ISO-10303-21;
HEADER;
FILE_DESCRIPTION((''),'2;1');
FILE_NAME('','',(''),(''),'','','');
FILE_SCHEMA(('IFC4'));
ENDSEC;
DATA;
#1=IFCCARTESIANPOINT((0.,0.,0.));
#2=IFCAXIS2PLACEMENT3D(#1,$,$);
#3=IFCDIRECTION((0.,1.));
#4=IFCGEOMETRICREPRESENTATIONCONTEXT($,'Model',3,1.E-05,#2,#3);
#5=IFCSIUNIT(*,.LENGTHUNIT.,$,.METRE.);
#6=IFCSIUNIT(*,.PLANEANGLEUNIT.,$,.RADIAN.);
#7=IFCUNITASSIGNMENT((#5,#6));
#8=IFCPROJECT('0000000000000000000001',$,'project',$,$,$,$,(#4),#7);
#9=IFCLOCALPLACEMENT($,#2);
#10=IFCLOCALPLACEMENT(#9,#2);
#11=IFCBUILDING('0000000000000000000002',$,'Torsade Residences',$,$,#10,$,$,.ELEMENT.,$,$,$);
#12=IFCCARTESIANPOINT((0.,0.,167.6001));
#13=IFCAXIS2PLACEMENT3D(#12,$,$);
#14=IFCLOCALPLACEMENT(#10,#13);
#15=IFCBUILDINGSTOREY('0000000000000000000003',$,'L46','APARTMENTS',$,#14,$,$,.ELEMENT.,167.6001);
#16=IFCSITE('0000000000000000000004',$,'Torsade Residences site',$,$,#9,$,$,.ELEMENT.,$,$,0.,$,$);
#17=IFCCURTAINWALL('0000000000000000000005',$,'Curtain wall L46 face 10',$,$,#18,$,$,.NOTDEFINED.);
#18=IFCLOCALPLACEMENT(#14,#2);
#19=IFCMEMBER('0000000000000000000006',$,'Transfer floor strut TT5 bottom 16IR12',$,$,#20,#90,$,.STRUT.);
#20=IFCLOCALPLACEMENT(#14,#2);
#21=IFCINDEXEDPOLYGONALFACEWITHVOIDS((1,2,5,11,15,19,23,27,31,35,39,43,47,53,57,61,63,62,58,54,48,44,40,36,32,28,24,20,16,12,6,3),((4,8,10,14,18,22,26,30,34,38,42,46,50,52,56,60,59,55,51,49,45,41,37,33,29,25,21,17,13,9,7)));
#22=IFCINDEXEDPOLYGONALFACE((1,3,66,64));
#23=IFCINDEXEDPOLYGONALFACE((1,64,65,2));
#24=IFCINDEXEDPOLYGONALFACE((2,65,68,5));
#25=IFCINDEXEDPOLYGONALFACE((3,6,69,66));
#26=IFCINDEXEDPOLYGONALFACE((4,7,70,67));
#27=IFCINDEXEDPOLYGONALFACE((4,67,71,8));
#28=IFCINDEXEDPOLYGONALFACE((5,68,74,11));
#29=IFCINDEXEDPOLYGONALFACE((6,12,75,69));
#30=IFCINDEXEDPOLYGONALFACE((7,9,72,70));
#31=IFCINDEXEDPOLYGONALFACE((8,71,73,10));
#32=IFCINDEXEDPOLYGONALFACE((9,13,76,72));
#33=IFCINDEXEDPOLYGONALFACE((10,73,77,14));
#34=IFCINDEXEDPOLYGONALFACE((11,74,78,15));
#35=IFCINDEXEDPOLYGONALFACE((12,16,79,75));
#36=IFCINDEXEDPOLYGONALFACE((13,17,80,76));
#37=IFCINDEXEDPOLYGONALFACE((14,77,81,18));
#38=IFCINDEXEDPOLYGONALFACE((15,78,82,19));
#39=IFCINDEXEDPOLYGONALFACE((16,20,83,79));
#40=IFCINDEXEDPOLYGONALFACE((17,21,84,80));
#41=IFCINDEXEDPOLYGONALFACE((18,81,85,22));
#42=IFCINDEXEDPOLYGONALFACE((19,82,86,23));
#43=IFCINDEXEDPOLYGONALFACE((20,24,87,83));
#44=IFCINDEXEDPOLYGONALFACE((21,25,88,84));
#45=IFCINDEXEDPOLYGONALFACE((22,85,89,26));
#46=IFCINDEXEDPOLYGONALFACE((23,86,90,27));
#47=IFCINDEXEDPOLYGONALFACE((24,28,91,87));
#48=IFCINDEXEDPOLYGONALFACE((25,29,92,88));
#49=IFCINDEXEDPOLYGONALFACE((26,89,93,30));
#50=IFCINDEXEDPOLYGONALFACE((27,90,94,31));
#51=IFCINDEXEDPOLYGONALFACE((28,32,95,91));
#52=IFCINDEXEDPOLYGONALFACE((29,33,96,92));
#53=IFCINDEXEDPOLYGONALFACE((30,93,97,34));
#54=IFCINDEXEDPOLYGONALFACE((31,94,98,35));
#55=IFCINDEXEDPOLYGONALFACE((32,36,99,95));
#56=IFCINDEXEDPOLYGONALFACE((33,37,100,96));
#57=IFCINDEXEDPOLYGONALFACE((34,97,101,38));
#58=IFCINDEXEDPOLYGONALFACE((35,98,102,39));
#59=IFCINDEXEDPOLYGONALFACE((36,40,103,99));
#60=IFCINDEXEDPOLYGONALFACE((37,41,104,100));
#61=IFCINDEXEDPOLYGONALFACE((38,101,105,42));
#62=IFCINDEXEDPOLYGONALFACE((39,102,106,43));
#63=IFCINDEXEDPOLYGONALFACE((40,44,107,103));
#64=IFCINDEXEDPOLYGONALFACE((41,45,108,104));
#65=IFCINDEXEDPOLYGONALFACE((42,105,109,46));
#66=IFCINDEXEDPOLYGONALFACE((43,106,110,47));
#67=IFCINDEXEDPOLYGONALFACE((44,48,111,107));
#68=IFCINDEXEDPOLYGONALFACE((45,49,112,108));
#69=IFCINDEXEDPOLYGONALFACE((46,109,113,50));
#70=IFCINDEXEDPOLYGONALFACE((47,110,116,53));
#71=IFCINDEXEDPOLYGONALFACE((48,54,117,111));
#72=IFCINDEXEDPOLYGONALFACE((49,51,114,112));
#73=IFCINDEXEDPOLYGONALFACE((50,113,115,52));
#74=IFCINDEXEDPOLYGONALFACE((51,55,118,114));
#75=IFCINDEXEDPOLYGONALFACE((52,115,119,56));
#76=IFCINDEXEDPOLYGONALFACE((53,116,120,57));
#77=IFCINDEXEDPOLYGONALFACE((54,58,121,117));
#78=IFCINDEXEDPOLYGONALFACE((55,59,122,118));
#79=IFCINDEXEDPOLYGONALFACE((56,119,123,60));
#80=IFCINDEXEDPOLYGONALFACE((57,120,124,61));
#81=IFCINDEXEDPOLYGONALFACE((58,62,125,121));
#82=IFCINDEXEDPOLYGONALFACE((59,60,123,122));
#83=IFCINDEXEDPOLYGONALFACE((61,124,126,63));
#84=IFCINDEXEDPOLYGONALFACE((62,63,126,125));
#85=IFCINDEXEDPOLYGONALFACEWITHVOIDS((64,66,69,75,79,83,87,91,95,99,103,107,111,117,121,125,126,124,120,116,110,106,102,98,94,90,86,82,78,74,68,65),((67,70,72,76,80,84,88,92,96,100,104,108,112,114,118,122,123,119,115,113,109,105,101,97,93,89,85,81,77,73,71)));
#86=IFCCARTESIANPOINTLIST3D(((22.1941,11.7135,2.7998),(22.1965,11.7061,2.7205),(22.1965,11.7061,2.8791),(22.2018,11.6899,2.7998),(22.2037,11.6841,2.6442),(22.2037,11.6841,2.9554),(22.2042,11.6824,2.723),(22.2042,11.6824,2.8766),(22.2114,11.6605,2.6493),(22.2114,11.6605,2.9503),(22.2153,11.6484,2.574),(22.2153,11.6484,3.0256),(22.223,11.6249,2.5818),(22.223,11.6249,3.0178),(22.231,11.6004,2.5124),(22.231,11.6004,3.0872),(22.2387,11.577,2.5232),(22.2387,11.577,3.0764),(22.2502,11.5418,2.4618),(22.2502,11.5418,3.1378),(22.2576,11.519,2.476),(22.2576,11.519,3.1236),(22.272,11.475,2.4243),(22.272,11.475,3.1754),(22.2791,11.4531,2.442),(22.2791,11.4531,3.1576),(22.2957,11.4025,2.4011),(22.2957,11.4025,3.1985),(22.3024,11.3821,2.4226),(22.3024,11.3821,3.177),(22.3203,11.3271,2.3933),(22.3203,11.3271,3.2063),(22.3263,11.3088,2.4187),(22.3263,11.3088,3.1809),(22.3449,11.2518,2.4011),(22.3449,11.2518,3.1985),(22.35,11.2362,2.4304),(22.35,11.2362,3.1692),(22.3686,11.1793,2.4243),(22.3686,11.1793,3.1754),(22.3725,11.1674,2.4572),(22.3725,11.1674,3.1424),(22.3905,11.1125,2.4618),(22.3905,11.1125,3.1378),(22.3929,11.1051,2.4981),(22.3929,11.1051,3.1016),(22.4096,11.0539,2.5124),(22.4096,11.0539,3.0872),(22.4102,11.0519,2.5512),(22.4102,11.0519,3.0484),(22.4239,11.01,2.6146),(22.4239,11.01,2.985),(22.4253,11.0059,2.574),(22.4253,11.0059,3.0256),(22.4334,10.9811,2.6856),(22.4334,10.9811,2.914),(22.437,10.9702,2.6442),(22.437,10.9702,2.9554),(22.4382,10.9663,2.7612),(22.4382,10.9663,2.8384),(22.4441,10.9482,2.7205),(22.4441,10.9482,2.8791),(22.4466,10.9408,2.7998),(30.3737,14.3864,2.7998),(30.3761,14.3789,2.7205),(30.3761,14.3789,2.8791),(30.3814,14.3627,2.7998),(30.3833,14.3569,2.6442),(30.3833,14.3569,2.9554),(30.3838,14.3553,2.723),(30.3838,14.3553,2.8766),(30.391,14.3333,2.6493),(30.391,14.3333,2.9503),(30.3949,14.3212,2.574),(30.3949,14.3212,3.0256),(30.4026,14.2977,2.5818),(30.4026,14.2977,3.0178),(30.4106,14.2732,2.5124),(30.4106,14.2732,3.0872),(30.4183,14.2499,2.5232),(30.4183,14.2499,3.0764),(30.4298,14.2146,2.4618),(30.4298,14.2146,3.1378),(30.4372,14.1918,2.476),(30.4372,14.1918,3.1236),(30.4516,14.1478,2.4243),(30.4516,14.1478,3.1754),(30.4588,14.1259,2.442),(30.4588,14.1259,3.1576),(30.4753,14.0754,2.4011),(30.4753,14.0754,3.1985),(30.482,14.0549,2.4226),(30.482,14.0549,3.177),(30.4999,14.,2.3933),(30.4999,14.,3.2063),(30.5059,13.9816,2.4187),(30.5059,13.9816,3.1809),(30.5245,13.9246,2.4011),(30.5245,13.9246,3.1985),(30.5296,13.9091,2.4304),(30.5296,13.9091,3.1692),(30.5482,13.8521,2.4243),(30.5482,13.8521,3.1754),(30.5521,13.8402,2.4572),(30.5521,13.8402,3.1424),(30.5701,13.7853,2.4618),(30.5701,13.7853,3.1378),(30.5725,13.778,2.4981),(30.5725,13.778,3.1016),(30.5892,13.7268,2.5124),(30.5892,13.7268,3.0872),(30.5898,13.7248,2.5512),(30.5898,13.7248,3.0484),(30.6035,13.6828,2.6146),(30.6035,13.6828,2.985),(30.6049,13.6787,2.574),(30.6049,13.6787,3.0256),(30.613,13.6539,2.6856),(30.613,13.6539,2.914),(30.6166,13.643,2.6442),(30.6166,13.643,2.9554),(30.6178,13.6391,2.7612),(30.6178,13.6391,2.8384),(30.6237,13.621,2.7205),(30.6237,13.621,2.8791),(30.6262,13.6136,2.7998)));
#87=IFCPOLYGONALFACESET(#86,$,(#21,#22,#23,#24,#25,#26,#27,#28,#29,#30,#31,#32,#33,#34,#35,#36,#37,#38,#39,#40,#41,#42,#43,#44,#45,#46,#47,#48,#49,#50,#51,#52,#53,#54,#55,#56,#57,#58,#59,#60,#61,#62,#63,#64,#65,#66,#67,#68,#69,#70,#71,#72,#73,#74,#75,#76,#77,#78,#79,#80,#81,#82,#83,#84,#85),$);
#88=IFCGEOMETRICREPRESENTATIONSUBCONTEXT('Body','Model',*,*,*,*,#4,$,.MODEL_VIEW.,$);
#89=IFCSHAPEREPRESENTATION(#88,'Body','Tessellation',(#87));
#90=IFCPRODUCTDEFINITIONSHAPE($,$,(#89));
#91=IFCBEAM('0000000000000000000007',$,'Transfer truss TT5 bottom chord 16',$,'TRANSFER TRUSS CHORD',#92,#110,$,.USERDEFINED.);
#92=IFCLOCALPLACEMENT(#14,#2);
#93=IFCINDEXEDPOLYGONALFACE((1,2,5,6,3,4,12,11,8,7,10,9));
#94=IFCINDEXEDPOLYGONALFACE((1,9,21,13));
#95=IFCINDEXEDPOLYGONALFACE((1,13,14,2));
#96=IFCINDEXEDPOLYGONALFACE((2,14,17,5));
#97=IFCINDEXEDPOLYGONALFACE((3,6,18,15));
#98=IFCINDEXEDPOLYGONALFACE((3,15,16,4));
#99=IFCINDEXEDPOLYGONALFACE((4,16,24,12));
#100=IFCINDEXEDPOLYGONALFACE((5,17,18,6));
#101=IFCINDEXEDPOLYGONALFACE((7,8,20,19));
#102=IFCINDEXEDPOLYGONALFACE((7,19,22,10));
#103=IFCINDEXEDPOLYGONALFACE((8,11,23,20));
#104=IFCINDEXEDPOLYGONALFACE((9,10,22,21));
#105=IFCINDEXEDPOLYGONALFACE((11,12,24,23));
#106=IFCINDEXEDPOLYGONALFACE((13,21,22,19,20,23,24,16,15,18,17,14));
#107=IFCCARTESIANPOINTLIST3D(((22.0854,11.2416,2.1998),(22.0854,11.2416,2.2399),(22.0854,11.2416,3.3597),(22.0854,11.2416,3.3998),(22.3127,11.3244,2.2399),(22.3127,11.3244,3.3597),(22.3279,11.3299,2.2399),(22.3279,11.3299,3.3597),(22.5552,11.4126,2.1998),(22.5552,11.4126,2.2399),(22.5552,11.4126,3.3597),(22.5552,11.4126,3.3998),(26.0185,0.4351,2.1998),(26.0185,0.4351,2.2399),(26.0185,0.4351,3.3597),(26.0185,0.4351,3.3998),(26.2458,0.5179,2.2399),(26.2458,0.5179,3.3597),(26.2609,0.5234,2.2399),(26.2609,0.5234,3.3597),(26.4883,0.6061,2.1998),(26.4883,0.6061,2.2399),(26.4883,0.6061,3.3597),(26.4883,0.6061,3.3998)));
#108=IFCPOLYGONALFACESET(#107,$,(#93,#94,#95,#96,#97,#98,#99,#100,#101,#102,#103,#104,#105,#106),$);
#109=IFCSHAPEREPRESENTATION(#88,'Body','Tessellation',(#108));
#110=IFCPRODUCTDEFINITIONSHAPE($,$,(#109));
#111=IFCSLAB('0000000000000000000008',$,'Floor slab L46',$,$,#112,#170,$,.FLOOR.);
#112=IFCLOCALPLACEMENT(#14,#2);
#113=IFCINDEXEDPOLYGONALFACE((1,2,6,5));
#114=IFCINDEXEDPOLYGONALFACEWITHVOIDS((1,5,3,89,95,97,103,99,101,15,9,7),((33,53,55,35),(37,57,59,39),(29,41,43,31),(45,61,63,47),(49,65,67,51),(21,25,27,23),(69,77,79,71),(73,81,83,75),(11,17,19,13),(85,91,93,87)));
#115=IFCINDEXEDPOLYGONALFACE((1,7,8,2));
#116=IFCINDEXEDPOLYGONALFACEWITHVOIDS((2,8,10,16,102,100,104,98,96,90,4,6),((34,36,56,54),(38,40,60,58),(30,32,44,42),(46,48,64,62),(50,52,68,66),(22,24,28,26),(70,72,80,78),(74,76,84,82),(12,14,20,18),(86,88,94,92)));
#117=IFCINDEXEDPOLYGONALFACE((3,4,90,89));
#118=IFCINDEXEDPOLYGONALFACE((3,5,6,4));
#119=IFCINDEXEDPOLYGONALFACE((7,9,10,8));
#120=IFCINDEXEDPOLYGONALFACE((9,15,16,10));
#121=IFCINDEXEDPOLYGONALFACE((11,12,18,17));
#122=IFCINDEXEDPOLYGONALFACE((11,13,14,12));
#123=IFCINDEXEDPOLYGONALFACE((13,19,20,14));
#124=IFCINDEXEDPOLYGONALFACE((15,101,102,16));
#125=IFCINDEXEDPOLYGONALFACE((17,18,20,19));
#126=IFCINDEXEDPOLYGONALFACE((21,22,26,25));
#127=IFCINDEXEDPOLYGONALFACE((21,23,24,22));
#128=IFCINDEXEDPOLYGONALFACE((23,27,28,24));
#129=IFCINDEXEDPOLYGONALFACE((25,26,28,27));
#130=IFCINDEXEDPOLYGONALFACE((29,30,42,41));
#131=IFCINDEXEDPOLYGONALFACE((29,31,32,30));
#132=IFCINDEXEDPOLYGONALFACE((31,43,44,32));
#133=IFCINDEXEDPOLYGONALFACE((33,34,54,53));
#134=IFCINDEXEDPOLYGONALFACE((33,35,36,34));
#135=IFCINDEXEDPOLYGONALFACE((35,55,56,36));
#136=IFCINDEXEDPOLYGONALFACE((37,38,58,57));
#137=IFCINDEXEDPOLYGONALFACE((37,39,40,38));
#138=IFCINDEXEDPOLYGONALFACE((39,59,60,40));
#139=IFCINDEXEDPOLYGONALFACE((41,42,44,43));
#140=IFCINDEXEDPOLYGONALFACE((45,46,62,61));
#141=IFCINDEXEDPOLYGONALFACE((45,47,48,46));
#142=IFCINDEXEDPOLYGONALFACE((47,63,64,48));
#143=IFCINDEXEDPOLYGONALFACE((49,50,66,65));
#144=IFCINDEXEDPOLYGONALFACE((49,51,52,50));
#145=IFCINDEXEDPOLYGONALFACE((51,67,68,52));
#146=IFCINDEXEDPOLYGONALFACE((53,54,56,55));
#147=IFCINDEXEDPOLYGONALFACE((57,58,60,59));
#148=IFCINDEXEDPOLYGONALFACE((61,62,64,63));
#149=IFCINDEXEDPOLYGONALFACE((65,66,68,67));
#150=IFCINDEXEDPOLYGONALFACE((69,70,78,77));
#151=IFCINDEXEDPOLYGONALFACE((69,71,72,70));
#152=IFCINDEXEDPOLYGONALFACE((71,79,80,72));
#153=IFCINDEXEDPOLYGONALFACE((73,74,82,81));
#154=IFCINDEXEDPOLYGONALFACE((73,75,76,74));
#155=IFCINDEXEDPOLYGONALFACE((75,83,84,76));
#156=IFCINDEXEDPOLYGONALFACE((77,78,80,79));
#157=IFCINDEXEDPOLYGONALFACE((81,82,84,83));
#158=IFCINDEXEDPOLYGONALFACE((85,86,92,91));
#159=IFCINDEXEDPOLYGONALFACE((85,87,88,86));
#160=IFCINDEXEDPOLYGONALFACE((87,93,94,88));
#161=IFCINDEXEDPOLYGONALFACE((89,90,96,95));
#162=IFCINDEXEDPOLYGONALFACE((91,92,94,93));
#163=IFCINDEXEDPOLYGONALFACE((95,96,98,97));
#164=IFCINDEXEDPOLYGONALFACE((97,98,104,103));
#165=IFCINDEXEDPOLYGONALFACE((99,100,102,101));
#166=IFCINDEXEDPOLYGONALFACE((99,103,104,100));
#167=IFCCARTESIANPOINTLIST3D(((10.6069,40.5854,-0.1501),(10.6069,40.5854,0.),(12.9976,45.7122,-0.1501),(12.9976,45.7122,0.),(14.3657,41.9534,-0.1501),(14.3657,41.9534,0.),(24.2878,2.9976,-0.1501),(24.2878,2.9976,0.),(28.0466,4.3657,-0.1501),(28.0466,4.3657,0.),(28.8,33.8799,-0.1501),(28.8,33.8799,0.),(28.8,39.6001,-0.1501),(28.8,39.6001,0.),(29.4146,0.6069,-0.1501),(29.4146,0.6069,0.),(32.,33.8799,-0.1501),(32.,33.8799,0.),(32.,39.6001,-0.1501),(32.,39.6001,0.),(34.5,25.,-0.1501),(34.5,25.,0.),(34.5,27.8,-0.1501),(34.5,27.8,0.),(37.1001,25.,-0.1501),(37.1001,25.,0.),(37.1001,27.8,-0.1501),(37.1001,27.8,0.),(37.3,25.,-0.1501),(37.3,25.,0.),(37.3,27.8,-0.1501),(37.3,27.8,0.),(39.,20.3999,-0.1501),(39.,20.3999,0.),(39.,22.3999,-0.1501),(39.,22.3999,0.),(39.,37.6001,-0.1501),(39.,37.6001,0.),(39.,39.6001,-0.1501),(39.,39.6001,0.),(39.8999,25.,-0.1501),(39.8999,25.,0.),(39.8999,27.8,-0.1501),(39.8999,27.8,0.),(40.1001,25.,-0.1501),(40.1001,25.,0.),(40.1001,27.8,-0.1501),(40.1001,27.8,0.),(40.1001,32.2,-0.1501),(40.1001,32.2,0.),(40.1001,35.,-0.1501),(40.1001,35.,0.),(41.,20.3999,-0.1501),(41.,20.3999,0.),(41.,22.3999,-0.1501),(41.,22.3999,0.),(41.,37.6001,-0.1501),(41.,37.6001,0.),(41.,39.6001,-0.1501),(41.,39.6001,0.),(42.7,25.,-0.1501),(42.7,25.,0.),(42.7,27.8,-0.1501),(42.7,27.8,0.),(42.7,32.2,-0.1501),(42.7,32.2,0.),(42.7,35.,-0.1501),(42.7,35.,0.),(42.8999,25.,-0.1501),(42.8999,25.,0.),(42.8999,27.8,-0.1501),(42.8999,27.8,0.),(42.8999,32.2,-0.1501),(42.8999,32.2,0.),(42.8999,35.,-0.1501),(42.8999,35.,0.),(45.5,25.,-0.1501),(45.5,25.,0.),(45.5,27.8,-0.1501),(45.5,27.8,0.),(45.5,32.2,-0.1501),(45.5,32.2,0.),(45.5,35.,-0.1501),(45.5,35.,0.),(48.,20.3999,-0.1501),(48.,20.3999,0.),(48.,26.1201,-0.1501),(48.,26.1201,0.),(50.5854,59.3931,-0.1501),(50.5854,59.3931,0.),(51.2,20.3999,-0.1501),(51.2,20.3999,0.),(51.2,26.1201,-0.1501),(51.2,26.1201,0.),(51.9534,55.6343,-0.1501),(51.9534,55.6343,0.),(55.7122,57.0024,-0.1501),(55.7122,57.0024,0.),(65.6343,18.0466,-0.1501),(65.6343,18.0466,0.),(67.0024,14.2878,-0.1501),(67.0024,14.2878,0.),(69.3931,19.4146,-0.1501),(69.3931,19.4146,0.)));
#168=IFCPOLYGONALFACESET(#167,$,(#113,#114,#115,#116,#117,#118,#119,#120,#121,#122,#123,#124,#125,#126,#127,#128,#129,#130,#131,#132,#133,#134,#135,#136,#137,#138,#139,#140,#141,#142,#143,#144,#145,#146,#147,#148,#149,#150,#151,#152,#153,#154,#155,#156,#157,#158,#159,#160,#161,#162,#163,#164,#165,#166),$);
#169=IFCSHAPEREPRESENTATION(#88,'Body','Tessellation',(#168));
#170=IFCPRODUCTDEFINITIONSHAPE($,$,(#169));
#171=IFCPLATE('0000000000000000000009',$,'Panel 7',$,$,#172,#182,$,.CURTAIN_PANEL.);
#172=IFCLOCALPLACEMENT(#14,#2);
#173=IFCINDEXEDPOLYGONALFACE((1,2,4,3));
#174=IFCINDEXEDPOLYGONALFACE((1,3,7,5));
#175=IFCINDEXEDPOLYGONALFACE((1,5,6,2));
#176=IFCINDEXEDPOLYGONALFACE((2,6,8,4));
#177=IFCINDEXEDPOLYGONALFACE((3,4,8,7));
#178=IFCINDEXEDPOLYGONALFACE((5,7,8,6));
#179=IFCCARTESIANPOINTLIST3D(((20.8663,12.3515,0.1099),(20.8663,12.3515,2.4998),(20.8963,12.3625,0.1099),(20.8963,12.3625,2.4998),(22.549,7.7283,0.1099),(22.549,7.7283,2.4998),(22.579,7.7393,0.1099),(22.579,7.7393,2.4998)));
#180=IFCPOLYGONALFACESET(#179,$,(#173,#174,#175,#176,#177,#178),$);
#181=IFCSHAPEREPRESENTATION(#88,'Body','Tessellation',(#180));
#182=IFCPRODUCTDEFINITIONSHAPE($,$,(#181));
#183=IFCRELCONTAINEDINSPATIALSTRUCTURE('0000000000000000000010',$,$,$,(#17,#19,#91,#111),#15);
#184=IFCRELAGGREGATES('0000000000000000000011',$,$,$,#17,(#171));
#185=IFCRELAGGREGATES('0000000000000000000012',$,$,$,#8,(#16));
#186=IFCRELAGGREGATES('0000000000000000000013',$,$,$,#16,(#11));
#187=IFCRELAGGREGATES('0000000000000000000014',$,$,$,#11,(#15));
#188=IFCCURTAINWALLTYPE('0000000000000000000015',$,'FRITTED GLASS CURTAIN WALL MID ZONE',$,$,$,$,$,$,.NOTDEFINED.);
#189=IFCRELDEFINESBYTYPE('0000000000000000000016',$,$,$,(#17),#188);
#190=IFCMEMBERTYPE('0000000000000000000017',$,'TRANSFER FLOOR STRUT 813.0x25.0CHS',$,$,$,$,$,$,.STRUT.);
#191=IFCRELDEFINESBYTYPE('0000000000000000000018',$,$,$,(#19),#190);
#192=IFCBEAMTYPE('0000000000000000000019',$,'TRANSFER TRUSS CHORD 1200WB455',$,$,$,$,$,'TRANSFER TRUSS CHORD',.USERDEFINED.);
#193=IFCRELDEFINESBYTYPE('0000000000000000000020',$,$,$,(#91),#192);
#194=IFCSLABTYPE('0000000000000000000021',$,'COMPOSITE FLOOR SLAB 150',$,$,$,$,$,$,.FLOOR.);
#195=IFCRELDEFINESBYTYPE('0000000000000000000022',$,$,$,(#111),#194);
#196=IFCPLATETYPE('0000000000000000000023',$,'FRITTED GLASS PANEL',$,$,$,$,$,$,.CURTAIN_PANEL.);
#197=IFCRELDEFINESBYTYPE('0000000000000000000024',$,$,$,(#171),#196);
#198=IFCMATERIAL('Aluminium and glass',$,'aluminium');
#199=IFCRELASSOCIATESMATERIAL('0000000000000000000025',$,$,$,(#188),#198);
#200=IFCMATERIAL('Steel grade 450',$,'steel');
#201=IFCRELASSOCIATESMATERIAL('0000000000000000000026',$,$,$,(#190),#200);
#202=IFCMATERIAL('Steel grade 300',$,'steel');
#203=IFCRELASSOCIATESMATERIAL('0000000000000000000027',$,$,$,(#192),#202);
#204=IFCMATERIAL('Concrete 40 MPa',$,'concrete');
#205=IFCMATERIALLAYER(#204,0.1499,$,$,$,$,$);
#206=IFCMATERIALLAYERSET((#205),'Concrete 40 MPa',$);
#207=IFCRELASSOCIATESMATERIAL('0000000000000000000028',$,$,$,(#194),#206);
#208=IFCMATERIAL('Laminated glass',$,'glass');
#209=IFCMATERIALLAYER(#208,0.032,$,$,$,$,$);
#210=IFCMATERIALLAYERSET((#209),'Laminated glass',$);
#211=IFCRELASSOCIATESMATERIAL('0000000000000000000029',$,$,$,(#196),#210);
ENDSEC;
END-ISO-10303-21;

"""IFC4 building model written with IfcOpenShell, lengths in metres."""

from ifc_helpers import new_model, si_unit, direction, frame, origin, origin_2d, place, context, subcontext, project, spatial, polyline, rectangle, hollow_circle, i_section, outline, extrude, material, layer, layer_set, material_profile, profile_set, type_object, element, aggregate, save


model = new_model("IFC4")

# Units and contexts
model_context = context("Model", 3, precision=1e-05, world=origin(), true_north=direction((0.0, 1.0)))
body_context = subcontext(model_context, "Body", "Model", "MODEL_VIEW")
ifc_project = project(units=[si_unit("LENGTHUNIT", "METRE"), si_unit("PLANEANGLEUNIT", "RADIAN")], contexts=[model_context])

# Site, building, storey
site_placement = place(None, origin())
site = spatial("IfcSite", under=ifc_project, at=site_placement, Name="Torsade Residences site", CompositionType="ELEMENT", RefElevation=0.0)
building_placement = place(site_placement, origin())
building = spatial("IfcBuilding", under=site, at=building_placement, Name="Torsade Residences", CompositionType="ELEMENT")
storey_placement = place(building_placement, frame((0.0, 0.0, 167.6001)))
storey = spatial("IfcBuildingStorey", under=building, at=storey_placement, Name="L46", Description="APARTMENTS", CompositionType="ELEMENT", Elevation=167.6001)

# Curtain wall
ifc_material_1 = material(Name="Aluminium and glass", Category="aluminium")
curtain_wall_type = type_object("IfcCurtainWallType", Name="FRITTED GLASS CURTAIN WALL MID ZONE", PredefinedType="NOTDEFINED", material=ifc_material_1)
curtain_wall_placement = place(storey_placement, origin())
curtain_wall = element("IfcCurtainWall", 1, at=curtain_wall_placement, inside=storey, type_object=curtain_wall_type, Name="Curtain wall L46 face 10", PredefinedType="NOTDEFINED")

# Member
ifc_material_2 = material(Name="Steel grade 450", Category="steel")
ifc_material_profile_1 = material_profile(ifc_material_2, hollow_circle(Radius=0.4065, WallThickness=0.0249, at=origin_2d()), Name="813.0x25.0CHS")
ifc_profile_set_1 = profile_set([ifc_material_profile_1], Name="Steel grade 450")
member_type_1 = type_object("IfcMemberType", Name="TRANSFER FLOOR STRUT 813.0x25.0CHS", PredefinedType="STRUT", material=ifc_profile_set_1)
member_1_placement = place(storey_placement, frame((22.3203, 11.3271, 2.7998), z_axis=(0.950539, 0.310605, 0.0), x_axis=(-0.310605, 0.950539, 0.0)))
element("IfcMember", 2, at=member_1_placement, inside=storey, type_object=member_type_1, Name="Transfer floor strut TT5 bottom 16IR12", PredefinedType="STRUT", context=body_context, shape_type="SweptSolid", body=[
    extrude(hollow_circle(Radius=0.4065, WallThickness=0.0249, at=origin_2d()), origin(), (0.0, 0.0, 1.0), 8.6052),
])

# Beam
ifc_material_3 = material(Name="Steel grade 300", Category="steel")
ifc_material_profile_2 = material_profile(ifc_material_3, i_section(OverallWidth=0.5, OverallDepth=1.2, WebThickness=0.0161, FlangeThickness=0.04, at=origin_2d()), Name="1200WB455")
ifc_profile_set_2 = profile_set([ifc_material_profile_2], Name="Steel grade 300")
beam_type_1 = type_object("IfcBeamType", Name="TRANSFER TRUSS CHORD 1200WB455", ElementType="TRANSFER TRUSS CHORD", PredefinedType="USERDEFINED", material=ifc_profile_set_2)
beam_1_placement = place(storey_placement, frame((22.3203, 11.3271, 2.7998), z_axis=(0.342006, -0.939698, 0.0), x_axis=(0.939698, 0.342006, 0.0)))
element("IfcBeam", 3, at=beam_1_placement, inside=storey, type_object=beam_type_1, Name="Transfer truss TT5 bottom chord 16", ObjectType="TRANSFER TRUSS CHORD", PredefinedType="USERDEFINED", context=body_context, shape_type="SweptSolid", body=[
    extrude(i_section(OverallWidth=0.5, OverallDepth=1.2, WebThickness=0.0161, FlangeThickness=0.04, at=origin_2d()), origin(), (0.0, 0.0, 1.0), 11.5),
])

# Slab
ifc_material_4 = material(Name="Concrete 40 MPa", Category="concrete")
ifc_layer_1 = layer(ifc_material_4, 0.1499)
ifc_layer_set_1 = layer_set([ifc_layer_1], Name="Concrete 40 MPa")
slab_type_1 = type_object("IfcSlabType", Name="COMPOSITE FLOOR SLAB 150", PredefinedType="FLOOR", material=ifc_layer_set_1)
slab_1_placement = place(storey_placement, frame((0.0, 0.0, -0.1501)))
element("IfcSlab", 4, at=slab_1_placement, inside=storey, type_object=slab_type_1, Name="Floor slab L46", PredefinedType="FLOOR", context=body_context, shape_type="SweptSolid", body=[
    extrude(outline(polyline([(29.4146, 0.6069), (67.0024, 14.2878), (65.6343, 18.0466), (69.3931, 19.4146), (55.7122, 57.0024), (51.9534, 55.6343), (50.5854, 59.3931), (12.9976, 45.7122), (14.3657, 41.9534), (10.6069, 40.5854), (24.2878, 2.9976), (28.0466, 4.3657), (29.4146, 0.6069)]), holes=[polyline([(51.2, 26.1201), (48.0, 26.1201), (48.0, 20.3999), (51.2, 20.3999), (51.2, 26.1201)]), polyline([(45.5, 27.8), (42.8999, 27.8), (42.8999, 25.0), (45.5, 25.0), (45.5, 27.8)]), polyline([(45.5, 35.0), (42.8999, 35.0), (42.8999, 32.2), (45.5, 32.2), (45.5, 35.0)]), polyline([(42.7, 25.0), (42.7, 27.8), (40.1001, 27.8), (40.1001, 25.0), (42.7, 25.0)]), polyline([(42.7, 35.0), (40.1001, 35.0), (40.1001, 32.2), (42.7, 32.2), (42.7, 35.0)]), polyline([(41.0, 22.3999), (39.0, 22.3999), (39.0, 20.3999), (41.0, 20.3999), (41.0, 22.3999)]), polyline([(41.0, 37.6001), (41.0, 39.6001), (39.0, 39.6001), (39.0, 37.6001), (41.0, 37.6001)]), polyline([(39.8999, 25.0), (39.8999, 27.8), (37.3, 27.8), (37.3, 25.0), (39.8999, 25.0)]), polyline([(37.1001, 27.8), (34.5, 27.8), (34.5, 25.0), (37.1001, 25.0), (37.1001, 27.8)]), polyline([(32.0, 33.8799), (32.0, 39.6001), (28.8, 39.6001), (28.8, 33.8799), (32.0, 33.8799)])]), origin(), (0.0, 0.0, 1.0), 0.1501),
])

# Plate
ifc_material_5 = material(Name="Laminated glass", Category="glass")
ifc_layer_2 = layer(ifc_material_5, 0.032)
ifc_layer_set_2 = layer_set([ifc_layer_2], Name="Laminated glass")
plate_type_1 = type_object("IfcPlateType", Name="FRITTED GLASS PANEL", PredefinedType="CURTAIN_PANEL", material=ifc_layer_set_2)
plate_1_placement = place(storey_placement, frame((21.7227, 10.0454, 0.1099), z_axis=(0.0, 0.0, 1.0), x_axis=(0.34202, -0.939693, 0.0)))
plate_1 = element("IfcPlate", 5, at=plate_1_placement, type_object=plate_type_1, Name="Panel 7", PredefinedType="CURTAIN_PANEL", context=body_context, shape_type="SweptSolid", body=[
    extrude(rectangle(XDim=4.9199, YDim=0.032, at=origin_2d()), origin(), (0.0, 0.0, 1.0), 2.3899),
])
aggregate(curtain_wall, [plate_1])

save(model, "model.ifc")
